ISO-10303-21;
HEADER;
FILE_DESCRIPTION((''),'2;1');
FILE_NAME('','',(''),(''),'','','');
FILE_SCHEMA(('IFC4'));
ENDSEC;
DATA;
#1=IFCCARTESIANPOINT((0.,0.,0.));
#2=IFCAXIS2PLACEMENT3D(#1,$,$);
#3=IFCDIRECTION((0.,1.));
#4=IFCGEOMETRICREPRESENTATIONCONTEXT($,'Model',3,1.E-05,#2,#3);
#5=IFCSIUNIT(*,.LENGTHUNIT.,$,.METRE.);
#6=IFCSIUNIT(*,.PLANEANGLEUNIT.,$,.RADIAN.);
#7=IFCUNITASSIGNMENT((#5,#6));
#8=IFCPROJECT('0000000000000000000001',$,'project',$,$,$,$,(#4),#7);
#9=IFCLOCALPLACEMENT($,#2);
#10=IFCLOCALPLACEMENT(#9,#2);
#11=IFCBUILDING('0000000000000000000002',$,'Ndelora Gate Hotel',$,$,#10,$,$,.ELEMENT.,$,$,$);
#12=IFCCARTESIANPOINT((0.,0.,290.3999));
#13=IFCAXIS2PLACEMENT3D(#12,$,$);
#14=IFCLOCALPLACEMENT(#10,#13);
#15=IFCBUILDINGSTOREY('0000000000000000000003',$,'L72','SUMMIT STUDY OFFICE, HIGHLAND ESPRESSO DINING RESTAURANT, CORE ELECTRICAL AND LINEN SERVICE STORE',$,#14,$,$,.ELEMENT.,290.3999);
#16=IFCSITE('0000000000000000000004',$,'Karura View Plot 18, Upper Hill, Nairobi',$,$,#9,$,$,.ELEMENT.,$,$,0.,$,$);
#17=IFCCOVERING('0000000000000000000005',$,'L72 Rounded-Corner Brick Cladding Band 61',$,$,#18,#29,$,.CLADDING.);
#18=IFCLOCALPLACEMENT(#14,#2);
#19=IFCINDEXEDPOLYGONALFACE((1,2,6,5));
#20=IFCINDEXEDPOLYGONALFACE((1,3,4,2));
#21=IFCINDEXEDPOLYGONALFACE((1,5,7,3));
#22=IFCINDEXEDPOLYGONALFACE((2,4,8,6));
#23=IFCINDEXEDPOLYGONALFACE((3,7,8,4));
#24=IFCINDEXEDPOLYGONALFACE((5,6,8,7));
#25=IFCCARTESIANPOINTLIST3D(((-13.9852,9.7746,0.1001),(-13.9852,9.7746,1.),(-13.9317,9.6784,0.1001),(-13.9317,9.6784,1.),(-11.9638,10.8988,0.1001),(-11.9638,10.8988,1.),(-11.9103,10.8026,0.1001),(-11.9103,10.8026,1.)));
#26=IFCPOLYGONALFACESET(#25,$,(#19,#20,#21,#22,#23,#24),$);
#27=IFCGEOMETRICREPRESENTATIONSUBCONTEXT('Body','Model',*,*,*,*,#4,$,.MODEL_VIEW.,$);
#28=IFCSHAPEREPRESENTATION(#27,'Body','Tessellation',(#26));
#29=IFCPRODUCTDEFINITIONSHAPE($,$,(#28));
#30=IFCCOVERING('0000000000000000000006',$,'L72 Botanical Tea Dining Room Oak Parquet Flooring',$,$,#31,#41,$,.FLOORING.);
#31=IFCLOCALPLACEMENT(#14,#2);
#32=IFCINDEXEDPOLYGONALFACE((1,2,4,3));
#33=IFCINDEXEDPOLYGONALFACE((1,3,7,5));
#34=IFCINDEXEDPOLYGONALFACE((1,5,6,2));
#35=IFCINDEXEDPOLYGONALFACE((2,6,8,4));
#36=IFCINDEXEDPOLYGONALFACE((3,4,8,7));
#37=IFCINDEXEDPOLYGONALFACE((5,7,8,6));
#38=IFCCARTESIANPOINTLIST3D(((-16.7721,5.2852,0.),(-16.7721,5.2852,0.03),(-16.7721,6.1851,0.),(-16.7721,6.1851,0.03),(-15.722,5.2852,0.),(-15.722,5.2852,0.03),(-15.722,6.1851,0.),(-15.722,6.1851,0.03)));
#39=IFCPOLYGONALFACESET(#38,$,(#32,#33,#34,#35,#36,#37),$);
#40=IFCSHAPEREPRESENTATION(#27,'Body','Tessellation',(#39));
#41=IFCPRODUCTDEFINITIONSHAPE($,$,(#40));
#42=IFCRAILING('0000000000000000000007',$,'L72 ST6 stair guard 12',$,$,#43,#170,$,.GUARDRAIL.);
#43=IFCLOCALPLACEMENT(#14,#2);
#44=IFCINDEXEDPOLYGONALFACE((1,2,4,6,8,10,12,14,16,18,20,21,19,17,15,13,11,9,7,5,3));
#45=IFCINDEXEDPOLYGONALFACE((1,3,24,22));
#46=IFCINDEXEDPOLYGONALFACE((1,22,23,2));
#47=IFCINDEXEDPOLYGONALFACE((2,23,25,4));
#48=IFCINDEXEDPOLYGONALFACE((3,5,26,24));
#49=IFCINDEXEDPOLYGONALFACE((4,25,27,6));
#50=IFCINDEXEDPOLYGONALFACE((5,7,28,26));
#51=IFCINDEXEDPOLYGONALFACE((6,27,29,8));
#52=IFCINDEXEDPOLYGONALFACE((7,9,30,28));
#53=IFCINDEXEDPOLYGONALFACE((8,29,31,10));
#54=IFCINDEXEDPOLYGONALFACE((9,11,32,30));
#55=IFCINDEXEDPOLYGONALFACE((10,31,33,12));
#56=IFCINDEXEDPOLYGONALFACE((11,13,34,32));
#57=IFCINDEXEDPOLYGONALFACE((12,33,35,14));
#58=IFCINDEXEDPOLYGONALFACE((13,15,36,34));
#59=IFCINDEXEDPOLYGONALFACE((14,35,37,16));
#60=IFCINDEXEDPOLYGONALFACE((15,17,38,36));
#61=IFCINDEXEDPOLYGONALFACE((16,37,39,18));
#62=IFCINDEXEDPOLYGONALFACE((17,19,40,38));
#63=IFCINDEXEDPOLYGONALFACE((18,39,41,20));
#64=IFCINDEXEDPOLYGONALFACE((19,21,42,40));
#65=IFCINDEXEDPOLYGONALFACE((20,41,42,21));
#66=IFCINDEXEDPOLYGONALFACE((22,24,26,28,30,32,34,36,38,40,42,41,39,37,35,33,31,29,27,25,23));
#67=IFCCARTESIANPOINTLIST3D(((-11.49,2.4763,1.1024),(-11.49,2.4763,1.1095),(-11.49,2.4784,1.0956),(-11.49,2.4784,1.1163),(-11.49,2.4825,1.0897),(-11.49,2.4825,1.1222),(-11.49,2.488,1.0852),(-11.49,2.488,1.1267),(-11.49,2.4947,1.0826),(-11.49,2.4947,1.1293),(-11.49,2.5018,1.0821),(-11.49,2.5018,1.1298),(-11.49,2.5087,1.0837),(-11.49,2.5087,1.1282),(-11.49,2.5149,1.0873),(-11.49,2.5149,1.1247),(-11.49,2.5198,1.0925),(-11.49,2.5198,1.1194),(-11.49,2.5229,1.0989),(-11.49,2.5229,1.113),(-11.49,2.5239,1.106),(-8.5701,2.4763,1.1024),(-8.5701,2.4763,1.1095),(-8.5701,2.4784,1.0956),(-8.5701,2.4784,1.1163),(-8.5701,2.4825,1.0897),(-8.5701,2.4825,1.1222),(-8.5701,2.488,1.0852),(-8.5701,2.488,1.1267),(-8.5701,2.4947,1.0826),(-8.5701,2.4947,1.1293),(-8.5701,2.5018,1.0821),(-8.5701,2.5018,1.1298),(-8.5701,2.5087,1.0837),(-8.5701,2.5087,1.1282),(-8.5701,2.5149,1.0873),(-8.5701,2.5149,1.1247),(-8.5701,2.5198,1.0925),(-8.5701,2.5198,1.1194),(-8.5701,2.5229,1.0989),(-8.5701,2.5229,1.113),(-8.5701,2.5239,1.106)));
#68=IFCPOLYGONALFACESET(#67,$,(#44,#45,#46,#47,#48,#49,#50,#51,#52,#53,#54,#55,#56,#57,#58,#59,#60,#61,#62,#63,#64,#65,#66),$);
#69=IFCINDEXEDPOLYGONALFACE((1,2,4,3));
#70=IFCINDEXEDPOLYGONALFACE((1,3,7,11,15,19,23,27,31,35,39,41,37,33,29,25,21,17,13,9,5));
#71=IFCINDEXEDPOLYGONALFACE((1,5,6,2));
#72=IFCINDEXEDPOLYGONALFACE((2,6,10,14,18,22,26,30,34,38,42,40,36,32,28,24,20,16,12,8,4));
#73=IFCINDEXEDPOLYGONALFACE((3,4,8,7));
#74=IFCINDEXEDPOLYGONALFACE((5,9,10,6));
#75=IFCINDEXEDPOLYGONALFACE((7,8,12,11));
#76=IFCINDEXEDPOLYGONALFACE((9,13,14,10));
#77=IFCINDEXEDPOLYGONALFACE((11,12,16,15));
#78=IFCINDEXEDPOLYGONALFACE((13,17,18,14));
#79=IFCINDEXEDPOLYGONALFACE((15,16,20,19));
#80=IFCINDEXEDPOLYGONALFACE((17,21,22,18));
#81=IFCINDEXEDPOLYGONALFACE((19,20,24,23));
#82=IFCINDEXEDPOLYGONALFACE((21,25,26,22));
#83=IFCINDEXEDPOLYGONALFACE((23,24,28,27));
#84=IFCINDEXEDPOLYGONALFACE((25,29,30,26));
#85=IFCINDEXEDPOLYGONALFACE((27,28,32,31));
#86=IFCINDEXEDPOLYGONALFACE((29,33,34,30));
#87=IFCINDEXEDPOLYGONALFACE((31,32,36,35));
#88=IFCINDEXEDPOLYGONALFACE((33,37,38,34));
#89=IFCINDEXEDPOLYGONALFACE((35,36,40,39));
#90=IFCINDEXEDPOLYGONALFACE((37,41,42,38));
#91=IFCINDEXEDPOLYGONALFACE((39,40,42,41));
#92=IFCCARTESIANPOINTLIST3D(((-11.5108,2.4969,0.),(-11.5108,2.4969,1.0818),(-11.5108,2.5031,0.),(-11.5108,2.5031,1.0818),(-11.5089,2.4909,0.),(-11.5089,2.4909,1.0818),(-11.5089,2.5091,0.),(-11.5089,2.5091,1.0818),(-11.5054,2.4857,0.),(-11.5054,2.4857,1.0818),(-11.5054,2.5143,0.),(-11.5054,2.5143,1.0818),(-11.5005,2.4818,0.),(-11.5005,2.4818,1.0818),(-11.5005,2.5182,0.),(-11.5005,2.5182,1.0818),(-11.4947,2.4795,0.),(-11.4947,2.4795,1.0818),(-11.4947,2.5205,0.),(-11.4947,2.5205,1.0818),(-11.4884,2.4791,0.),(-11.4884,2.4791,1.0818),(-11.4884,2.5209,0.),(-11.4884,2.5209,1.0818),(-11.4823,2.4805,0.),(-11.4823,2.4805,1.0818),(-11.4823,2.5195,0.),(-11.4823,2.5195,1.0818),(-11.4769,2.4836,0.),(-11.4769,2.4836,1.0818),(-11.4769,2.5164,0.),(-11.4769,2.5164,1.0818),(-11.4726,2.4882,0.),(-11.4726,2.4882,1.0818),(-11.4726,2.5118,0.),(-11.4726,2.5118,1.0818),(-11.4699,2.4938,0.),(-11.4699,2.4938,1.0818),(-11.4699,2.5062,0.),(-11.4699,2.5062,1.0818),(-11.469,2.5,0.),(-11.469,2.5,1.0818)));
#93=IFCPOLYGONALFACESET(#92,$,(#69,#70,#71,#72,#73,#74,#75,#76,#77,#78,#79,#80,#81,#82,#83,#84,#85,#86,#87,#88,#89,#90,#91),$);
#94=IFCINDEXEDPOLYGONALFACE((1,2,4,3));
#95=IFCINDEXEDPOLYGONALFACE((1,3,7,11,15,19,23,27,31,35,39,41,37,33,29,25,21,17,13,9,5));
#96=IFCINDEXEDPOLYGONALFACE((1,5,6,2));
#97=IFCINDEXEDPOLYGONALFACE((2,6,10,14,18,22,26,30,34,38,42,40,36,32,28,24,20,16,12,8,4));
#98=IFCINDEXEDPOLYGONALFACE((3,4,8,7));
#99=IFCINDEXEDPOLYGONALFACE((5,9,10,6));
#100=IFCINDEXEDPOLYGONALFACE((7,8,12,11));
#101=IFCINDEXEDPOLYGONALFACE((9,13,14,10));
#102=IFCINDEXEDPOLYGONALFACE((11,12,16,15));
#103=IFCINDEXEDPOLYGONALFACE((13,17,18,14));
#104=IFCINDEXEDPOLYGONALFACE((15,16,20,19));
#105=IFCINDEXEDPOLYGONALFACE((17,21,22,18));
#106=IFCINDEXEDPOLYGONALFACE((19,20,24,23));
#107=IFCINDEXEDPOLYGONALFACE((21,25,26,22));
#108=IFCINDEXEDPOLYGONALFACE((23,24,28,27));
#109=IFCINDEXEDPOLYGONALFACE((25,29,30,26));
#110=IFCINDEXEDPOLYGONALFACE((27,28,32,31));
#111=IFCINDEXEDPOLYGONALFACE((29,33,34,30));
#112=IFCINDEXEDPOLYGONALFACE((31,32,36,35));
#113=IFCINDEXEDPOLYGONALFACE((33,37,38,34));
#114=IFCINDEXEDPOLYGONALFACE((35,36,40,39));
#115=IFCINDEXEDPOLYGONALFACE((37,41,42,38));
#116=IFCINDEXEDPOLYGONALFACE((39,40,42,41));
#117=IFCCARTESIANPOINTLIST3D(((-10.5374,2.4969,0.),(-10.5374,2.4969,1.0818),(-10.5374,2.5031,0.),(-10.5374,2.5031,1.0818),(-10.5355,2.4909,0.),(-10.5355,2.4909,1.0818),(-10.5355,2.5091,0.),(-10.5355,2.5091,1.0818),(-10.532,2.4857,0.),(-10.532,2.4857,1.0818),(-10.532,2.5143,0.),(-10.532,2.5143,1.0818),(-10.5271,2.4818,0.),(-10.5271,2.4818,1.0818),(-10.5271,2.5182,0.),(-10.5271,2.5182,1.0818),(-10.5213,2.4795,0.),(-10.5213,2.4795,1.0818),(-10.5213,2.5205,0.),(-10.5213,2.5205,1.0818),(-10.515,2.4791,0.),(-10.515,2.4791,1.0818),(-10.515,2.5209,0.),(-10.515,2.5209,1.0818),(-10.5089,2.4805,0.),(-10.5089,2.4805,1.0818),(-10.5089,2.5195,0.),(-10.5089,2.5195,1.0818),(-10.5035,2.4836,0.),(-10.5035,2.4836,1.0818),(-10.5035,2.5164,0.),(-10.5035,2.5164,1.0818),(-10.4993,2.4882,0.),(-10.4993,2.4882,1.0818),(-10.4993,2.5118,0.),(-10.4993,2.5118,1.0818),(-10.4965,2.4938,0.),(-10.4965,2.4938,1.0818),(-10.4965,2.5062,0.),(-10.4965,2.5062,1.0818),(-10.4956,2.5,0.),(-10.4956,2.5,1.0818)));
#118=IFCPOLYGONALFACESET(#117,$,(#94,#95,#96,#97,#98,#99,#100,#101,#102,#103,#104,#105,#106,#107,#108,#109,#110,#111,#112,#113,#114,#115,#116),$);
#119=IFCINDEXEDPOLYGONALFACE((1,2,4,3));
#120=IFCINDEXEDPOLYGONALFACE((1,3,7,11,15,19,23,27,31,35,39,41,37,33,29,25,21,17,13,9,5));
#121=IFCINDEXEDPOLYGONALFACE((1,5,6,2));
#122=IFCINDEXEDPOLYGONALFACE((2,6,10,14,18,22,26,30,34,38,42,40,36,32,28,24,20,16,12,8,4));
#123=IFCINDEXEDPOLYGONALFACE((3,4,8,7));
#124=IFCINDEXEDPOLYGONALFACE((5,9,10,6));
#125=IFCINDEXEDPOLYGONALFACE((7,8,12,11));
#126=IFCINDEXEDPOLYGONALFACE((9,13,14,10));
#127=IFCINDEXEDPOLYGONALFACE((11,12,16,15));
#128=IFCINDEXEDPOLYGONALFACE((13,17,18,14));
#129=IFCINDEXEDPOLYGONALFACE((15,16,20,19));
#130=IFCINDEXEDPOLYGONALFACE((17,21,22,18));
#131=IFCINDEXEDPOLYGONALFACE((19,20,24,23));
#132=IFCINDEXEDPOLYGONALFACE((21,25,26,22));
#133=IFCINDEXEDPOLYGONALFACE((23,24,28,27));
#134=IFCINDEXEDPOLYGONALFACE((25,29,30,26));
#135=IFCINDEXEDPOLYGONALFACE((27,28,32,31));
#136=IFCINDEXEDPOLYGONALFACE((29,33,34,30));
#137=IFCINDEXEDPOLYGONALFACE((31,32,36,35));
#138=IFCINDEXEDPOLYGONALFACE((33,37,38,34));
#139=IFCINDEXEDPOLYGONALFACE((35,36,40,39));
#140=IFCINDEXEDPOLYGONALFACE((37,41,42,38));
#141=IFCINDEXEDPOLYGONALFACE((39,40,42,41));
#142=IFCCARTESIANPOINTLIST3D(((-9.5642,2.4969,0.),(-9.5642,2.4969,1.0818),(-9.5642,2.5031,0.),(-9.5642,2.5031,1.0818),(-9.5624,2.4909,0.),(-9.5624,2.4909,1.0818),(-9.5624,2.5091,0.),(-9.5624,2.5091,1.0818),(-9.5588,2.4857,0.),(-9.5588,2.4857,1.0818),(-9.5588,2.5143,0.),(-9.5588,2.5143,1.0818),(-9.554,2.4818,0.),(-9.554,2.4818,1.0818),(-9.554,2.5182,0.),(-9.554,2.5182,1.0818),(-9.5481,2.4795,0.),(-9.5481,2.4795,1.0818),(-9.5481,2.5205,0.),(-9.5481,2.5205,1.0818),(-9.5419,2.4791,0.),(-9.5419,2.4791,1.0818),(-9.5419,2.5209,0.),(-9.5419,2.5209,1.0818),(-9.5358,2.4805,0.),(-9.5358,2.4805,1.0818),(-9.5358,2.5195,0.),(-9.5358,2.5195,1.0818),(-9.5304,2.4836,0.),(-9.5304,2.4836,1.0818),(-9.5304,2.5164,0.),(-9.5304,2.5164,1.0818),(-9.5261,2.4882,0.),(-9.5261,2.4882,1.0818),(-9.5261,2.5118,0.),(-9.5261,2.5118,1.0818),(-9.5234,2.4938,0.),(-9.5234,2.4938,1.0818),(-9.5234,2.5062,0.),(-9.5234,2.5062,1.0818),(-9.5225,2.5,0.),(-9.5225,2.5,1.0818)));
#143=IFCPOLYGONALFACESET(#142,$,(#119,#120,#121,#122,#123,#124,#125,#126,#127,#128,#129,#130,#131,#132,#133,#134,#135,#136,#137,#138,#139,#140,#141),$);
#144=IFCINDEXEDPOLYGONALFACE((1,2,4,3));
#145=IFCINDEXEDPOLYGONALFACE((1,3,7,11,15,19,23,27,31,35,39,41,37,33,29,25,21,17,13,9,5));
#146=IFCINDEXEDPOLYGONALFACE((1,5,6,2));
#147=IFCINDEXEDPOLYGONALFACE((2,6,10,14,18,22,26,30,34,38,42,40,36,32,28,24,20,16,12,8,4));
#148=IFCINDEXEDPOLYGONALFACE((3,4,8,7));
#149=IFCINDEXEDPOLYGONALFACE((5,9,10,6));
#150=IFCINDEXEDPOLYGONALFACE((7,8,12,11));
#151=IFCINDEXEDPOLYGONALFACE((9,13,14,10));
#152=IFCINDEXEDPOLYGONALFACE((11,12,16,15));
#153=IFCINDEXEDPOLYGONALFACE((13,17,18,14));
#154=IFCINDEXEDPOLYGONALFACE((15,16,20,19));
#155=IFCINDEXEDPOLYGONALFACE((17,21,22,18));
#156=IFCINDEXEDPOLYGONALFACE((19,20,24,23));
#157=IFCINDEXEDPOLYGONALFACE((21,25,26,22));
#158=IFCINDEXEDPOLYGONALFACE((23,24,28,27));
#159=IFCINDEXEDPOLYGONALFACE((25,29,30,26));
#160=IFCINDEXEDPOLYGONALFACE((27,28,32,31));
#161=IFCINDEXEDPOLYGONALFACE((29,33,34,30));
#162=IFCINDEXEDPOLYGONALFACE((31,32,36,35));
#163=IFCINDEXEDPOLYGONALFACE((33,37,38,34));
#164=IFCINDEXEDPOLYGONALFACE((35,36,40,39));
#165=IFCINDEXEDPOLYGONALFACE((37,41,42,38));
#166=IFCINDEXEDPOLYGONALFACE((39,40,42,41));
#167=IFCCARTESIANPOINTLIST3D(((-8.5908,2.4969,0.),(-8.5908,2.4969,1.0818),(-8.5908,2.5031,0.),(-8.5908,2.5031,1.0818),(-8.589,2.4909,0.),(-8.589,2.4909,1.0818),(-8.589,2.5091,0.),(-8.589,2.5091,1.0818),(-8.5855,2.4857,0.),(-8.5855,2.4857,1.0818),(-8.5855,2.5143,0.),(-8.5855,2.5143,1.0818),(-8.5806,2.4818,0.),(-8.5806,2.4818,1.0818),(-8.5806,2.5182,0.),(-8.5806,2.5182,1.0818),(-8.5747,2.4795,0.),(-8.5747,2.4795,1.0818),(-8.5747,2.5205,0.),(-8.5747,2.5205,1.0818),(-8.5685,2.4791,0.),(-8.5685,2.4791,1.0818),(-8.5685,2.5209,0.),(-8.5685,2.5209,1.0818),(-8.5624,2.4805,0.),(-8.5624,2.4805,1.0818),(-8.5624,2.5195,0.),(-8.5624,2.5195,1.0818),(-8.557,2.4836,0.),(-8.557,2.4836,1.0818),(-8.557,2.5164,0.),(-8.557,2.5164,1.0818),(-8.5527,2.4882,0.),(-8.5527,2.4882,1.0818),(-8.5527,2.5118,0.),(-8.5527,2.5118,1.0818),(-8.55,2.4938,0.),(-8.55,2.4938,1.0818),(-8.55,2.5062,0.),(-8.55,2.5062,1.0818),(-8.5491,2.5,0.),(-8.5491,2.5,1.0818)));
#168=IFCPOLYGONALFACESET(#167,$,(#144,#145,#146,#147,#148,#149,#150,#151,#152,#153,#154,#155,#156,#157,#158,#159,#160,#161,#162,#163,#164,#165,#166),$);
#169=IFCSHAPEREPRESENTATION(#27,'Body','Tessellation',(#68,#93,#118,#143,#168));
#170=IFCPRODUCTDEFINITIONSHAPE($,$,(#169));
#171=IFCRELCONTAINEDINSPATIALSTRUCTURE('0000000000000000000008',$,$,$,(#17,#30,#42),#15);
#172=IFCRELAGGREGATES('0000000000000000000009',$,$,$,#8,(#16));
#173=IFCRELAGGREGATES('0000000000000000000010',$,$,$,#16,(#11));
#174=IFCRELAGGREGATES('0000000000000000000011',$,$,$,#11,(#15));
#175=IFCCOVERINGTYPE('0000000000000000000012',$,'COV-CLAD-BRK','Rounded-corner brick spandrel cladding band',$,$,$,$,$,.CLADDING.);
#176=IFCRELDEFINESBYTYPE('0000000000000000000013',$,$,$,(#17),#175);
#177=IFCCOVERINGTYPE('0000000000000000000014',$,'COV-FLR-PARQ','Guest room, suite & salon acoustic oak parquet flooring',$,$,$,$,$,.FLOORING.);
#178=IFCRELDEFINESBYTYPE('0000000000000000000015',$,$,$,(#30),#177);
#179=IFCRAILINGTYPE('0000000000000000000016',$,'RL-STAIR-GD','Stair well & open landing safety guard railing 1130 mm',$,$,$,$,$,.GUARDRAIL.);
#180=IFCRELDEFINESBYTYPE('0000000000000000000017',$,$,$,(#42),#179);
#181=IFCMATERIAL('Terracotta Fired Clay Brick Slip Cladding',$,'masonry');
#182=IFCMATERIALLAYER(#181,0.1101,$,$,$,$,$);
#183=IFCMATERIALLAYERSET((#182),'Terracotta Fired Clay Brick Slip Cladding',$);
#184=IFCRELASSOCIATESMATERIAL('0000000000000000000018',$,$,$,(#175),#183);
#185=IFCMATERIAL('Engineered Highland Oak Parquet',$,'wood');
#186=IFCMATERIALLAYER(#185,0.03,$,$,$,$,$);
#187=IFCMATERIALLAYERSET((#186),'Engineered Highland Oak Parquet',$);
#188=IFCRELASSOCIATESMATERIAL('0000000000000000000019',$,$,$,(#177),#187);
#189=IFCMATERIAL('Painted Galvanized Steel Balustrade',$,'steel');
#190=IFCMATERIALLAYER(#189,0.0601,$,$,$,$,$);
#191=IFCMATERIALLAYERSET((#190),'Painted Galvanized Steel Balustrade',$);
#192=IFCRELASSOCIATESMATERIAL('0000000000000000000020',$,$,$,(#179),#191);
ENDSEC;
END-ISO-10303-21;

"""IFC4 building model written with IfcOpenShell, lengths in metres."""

from ifc_helpers import new_model, si_unit, direction, frame, origin, origin_2d, place, context, subcontext, project, spatial, rectangle, circle, extrude, material, layer, layer_set, type_object, element, save


model = new_model("IFC4")

# Units and contexts
model_context = context("Model", 3, precision=1e-05, world=origin(), true_north=direction((0.0, 1.0)))
body_context = subcontext(model_context, "Body", "Model", "MODEL_VIEW")
ifc_project = project(units=[si_unit("LENGTHUNIT", "METRE"), si_unit("PLANEANGLEUNIT", "RADIAN")], contexts=[model_context])

# Site, building, storey
site_placement = place(None, origin())
site = spatial("IfcSite", under=ifc_project, at=site_placement, Name="Karura View Plot 18, Upper Hill, Nairobi", CompositionType="ELEMENT", RefElevation=0.0)
building_placement = place(site_placement, origin())
building = spatial("IfcBuilding", under=site, at=building_placement, Name="Ndelora Gate Hotel", CompositionType="ELEMENT")
storey_placement = place(building_placement, frame((0.0, 0.0, 290.3999)))
storey = spatial("IfcBuildingStorey", under=building, at=storey_placement, Name="L72", Description="SUMMIT STUDY OFFICE, HIGHLAND ESPRESSO DINING RESTAURANT, CORE ELECTRICAL AND LINEN SERVICE STORE", CompositionType="ELEMENT", Elevation=290.3999)

# Coverings
ifc_material_1 = material(Name="Terracotta Fired Clay Brick Slip Cladding", Category="masonry")
ifc_layer_1 = layer(ifc_material_1, 0.1101)
ifc_layer_set_1 = layer_set([ifc_layer_1], Name="Terracotta Fired Clay Brick Slip Cladding")
covering_type_1 = type_object("IfcCoveringType", Name="COV-CLAD-BRK", Description="Rounded-corner brick spandrel cladding band", PredefinedType="CLADDING", material=ifc_layer_set_1)
covering_1_placement = place(storey_placement, frame((-12.9478, 10.2886, 0.1001), z_axis=(0.0, 0.0, 1.0), x_axis=(0.873942, 0.48603, 0.0)))
element("IfcCovering", 1, at=covering_1_placement, inside=storey, type_object=covering_type_1, Name="L72 Rounded-Corner Brick Cladding Band 61", PredefinedType="CLADDING", context=body_context, shape_type="SweptSolid", body=[
    extrude(rectangle(XDim=2.313, YDim=0.1101, at=origin_2d()), origin(), (0.0, 0.0, 1.0), 0.8999),
])
ifc_material_2 = material(Name="Engineered Highland Oak Parquet", Category="wood")
ifc_layer_2 = layer(ifc_material_2, 0.03)
ifc_layer_set_2 = layer_set([ifc_layer_2], Name="Engineered Highland Oak Parquet")
covering_type_2 = type_object("IfcCoveringType", Name="COV-FLR-PARQ", Description="Guest room, suite & salon acoustic oak parquet flooring", PredefinedType="FLOORING", material=ifc_layer_set_2)
covering_2_placement = place(storey_placement, frame((-16.2471, 5.7351, 0.0), z_axis=(0.0, 0.0, 1.0), x_axis=(1.0, 0.0, 0.0)))
element("IfcCovering", 2, at=covering_2_placement, inside=storey, type_object=covering_type_2, Name="L72 Botanical Tea Dining Room Oak Parquet Flooring", PredefinedType="FLOORING", context=body_context, shape_type="SweptSolid", body=[
    extrude(rectangle(XDim=1.05, YDim=0.8999, at=origin_2d()), origin(), (0.0, 0.0, 1.0), 0.03),
])

# Railing
ifc_material_3 = material(Name="Painted Galvanized Steel Balustrade", Category="steel")
ifc_layer_3 = layer(ifc_material_3, 0.0601)
ifc_layer_set_3 = layer_set([ifc_layer_3], Name="Painted Galvanized Steel Balustrade")
railing_type = type_object("IfcRailingType", Name="RL-STAIR-GD", Description="Stair well & open landing safety guard railing 1130 mm", PredefinedType="GUARDRAIL", material=ifc_layer_set_3)
railing_placement = place(storey_placement, frame((-11.49, 2.5, 0.0)))
element("IfcRailing", 3, at=railing_placement, inside=storey, type_object=railing_type, Name="L72 ST6 stair guard 12", PredefinedType="GUARDRAIL", context=body_context, shape_type="SweptSolid", body=[
    extrude(circle(Radius=0.0239, at=origin_2d()), frame((0.0, 0.0, 1.106), z_axis=(1.0, 0.0, 0.0), x_axis=(0.0, 1.0, 0.0)), (0.0, 0.0, 1.0), 2.9199),
    extrude(circle(Radius=0.021, at=origin_2d()), origin(), (0.0, 0.0, 1.0), 1.0818),
    extrude(circle(Radius=0.021, at=origin_2d()), frame((0.9734, 0.0, 0.0)), (0.0, 0.0, 1.0), 1.0818),
    extrude(circle(Radius=0.021, at=origin_2d()), frame((1.9465, 0.0, 0.0)), (0.0, 0.0, 1.0), 1.0818),
    extrude(circle(Radius=0.021, at=origin_2d()), frame((2.9199, 0.0, 0.0)), (0.0, 0.0, 1.0), 1.0818),
])

save(model, "model.ifc")
